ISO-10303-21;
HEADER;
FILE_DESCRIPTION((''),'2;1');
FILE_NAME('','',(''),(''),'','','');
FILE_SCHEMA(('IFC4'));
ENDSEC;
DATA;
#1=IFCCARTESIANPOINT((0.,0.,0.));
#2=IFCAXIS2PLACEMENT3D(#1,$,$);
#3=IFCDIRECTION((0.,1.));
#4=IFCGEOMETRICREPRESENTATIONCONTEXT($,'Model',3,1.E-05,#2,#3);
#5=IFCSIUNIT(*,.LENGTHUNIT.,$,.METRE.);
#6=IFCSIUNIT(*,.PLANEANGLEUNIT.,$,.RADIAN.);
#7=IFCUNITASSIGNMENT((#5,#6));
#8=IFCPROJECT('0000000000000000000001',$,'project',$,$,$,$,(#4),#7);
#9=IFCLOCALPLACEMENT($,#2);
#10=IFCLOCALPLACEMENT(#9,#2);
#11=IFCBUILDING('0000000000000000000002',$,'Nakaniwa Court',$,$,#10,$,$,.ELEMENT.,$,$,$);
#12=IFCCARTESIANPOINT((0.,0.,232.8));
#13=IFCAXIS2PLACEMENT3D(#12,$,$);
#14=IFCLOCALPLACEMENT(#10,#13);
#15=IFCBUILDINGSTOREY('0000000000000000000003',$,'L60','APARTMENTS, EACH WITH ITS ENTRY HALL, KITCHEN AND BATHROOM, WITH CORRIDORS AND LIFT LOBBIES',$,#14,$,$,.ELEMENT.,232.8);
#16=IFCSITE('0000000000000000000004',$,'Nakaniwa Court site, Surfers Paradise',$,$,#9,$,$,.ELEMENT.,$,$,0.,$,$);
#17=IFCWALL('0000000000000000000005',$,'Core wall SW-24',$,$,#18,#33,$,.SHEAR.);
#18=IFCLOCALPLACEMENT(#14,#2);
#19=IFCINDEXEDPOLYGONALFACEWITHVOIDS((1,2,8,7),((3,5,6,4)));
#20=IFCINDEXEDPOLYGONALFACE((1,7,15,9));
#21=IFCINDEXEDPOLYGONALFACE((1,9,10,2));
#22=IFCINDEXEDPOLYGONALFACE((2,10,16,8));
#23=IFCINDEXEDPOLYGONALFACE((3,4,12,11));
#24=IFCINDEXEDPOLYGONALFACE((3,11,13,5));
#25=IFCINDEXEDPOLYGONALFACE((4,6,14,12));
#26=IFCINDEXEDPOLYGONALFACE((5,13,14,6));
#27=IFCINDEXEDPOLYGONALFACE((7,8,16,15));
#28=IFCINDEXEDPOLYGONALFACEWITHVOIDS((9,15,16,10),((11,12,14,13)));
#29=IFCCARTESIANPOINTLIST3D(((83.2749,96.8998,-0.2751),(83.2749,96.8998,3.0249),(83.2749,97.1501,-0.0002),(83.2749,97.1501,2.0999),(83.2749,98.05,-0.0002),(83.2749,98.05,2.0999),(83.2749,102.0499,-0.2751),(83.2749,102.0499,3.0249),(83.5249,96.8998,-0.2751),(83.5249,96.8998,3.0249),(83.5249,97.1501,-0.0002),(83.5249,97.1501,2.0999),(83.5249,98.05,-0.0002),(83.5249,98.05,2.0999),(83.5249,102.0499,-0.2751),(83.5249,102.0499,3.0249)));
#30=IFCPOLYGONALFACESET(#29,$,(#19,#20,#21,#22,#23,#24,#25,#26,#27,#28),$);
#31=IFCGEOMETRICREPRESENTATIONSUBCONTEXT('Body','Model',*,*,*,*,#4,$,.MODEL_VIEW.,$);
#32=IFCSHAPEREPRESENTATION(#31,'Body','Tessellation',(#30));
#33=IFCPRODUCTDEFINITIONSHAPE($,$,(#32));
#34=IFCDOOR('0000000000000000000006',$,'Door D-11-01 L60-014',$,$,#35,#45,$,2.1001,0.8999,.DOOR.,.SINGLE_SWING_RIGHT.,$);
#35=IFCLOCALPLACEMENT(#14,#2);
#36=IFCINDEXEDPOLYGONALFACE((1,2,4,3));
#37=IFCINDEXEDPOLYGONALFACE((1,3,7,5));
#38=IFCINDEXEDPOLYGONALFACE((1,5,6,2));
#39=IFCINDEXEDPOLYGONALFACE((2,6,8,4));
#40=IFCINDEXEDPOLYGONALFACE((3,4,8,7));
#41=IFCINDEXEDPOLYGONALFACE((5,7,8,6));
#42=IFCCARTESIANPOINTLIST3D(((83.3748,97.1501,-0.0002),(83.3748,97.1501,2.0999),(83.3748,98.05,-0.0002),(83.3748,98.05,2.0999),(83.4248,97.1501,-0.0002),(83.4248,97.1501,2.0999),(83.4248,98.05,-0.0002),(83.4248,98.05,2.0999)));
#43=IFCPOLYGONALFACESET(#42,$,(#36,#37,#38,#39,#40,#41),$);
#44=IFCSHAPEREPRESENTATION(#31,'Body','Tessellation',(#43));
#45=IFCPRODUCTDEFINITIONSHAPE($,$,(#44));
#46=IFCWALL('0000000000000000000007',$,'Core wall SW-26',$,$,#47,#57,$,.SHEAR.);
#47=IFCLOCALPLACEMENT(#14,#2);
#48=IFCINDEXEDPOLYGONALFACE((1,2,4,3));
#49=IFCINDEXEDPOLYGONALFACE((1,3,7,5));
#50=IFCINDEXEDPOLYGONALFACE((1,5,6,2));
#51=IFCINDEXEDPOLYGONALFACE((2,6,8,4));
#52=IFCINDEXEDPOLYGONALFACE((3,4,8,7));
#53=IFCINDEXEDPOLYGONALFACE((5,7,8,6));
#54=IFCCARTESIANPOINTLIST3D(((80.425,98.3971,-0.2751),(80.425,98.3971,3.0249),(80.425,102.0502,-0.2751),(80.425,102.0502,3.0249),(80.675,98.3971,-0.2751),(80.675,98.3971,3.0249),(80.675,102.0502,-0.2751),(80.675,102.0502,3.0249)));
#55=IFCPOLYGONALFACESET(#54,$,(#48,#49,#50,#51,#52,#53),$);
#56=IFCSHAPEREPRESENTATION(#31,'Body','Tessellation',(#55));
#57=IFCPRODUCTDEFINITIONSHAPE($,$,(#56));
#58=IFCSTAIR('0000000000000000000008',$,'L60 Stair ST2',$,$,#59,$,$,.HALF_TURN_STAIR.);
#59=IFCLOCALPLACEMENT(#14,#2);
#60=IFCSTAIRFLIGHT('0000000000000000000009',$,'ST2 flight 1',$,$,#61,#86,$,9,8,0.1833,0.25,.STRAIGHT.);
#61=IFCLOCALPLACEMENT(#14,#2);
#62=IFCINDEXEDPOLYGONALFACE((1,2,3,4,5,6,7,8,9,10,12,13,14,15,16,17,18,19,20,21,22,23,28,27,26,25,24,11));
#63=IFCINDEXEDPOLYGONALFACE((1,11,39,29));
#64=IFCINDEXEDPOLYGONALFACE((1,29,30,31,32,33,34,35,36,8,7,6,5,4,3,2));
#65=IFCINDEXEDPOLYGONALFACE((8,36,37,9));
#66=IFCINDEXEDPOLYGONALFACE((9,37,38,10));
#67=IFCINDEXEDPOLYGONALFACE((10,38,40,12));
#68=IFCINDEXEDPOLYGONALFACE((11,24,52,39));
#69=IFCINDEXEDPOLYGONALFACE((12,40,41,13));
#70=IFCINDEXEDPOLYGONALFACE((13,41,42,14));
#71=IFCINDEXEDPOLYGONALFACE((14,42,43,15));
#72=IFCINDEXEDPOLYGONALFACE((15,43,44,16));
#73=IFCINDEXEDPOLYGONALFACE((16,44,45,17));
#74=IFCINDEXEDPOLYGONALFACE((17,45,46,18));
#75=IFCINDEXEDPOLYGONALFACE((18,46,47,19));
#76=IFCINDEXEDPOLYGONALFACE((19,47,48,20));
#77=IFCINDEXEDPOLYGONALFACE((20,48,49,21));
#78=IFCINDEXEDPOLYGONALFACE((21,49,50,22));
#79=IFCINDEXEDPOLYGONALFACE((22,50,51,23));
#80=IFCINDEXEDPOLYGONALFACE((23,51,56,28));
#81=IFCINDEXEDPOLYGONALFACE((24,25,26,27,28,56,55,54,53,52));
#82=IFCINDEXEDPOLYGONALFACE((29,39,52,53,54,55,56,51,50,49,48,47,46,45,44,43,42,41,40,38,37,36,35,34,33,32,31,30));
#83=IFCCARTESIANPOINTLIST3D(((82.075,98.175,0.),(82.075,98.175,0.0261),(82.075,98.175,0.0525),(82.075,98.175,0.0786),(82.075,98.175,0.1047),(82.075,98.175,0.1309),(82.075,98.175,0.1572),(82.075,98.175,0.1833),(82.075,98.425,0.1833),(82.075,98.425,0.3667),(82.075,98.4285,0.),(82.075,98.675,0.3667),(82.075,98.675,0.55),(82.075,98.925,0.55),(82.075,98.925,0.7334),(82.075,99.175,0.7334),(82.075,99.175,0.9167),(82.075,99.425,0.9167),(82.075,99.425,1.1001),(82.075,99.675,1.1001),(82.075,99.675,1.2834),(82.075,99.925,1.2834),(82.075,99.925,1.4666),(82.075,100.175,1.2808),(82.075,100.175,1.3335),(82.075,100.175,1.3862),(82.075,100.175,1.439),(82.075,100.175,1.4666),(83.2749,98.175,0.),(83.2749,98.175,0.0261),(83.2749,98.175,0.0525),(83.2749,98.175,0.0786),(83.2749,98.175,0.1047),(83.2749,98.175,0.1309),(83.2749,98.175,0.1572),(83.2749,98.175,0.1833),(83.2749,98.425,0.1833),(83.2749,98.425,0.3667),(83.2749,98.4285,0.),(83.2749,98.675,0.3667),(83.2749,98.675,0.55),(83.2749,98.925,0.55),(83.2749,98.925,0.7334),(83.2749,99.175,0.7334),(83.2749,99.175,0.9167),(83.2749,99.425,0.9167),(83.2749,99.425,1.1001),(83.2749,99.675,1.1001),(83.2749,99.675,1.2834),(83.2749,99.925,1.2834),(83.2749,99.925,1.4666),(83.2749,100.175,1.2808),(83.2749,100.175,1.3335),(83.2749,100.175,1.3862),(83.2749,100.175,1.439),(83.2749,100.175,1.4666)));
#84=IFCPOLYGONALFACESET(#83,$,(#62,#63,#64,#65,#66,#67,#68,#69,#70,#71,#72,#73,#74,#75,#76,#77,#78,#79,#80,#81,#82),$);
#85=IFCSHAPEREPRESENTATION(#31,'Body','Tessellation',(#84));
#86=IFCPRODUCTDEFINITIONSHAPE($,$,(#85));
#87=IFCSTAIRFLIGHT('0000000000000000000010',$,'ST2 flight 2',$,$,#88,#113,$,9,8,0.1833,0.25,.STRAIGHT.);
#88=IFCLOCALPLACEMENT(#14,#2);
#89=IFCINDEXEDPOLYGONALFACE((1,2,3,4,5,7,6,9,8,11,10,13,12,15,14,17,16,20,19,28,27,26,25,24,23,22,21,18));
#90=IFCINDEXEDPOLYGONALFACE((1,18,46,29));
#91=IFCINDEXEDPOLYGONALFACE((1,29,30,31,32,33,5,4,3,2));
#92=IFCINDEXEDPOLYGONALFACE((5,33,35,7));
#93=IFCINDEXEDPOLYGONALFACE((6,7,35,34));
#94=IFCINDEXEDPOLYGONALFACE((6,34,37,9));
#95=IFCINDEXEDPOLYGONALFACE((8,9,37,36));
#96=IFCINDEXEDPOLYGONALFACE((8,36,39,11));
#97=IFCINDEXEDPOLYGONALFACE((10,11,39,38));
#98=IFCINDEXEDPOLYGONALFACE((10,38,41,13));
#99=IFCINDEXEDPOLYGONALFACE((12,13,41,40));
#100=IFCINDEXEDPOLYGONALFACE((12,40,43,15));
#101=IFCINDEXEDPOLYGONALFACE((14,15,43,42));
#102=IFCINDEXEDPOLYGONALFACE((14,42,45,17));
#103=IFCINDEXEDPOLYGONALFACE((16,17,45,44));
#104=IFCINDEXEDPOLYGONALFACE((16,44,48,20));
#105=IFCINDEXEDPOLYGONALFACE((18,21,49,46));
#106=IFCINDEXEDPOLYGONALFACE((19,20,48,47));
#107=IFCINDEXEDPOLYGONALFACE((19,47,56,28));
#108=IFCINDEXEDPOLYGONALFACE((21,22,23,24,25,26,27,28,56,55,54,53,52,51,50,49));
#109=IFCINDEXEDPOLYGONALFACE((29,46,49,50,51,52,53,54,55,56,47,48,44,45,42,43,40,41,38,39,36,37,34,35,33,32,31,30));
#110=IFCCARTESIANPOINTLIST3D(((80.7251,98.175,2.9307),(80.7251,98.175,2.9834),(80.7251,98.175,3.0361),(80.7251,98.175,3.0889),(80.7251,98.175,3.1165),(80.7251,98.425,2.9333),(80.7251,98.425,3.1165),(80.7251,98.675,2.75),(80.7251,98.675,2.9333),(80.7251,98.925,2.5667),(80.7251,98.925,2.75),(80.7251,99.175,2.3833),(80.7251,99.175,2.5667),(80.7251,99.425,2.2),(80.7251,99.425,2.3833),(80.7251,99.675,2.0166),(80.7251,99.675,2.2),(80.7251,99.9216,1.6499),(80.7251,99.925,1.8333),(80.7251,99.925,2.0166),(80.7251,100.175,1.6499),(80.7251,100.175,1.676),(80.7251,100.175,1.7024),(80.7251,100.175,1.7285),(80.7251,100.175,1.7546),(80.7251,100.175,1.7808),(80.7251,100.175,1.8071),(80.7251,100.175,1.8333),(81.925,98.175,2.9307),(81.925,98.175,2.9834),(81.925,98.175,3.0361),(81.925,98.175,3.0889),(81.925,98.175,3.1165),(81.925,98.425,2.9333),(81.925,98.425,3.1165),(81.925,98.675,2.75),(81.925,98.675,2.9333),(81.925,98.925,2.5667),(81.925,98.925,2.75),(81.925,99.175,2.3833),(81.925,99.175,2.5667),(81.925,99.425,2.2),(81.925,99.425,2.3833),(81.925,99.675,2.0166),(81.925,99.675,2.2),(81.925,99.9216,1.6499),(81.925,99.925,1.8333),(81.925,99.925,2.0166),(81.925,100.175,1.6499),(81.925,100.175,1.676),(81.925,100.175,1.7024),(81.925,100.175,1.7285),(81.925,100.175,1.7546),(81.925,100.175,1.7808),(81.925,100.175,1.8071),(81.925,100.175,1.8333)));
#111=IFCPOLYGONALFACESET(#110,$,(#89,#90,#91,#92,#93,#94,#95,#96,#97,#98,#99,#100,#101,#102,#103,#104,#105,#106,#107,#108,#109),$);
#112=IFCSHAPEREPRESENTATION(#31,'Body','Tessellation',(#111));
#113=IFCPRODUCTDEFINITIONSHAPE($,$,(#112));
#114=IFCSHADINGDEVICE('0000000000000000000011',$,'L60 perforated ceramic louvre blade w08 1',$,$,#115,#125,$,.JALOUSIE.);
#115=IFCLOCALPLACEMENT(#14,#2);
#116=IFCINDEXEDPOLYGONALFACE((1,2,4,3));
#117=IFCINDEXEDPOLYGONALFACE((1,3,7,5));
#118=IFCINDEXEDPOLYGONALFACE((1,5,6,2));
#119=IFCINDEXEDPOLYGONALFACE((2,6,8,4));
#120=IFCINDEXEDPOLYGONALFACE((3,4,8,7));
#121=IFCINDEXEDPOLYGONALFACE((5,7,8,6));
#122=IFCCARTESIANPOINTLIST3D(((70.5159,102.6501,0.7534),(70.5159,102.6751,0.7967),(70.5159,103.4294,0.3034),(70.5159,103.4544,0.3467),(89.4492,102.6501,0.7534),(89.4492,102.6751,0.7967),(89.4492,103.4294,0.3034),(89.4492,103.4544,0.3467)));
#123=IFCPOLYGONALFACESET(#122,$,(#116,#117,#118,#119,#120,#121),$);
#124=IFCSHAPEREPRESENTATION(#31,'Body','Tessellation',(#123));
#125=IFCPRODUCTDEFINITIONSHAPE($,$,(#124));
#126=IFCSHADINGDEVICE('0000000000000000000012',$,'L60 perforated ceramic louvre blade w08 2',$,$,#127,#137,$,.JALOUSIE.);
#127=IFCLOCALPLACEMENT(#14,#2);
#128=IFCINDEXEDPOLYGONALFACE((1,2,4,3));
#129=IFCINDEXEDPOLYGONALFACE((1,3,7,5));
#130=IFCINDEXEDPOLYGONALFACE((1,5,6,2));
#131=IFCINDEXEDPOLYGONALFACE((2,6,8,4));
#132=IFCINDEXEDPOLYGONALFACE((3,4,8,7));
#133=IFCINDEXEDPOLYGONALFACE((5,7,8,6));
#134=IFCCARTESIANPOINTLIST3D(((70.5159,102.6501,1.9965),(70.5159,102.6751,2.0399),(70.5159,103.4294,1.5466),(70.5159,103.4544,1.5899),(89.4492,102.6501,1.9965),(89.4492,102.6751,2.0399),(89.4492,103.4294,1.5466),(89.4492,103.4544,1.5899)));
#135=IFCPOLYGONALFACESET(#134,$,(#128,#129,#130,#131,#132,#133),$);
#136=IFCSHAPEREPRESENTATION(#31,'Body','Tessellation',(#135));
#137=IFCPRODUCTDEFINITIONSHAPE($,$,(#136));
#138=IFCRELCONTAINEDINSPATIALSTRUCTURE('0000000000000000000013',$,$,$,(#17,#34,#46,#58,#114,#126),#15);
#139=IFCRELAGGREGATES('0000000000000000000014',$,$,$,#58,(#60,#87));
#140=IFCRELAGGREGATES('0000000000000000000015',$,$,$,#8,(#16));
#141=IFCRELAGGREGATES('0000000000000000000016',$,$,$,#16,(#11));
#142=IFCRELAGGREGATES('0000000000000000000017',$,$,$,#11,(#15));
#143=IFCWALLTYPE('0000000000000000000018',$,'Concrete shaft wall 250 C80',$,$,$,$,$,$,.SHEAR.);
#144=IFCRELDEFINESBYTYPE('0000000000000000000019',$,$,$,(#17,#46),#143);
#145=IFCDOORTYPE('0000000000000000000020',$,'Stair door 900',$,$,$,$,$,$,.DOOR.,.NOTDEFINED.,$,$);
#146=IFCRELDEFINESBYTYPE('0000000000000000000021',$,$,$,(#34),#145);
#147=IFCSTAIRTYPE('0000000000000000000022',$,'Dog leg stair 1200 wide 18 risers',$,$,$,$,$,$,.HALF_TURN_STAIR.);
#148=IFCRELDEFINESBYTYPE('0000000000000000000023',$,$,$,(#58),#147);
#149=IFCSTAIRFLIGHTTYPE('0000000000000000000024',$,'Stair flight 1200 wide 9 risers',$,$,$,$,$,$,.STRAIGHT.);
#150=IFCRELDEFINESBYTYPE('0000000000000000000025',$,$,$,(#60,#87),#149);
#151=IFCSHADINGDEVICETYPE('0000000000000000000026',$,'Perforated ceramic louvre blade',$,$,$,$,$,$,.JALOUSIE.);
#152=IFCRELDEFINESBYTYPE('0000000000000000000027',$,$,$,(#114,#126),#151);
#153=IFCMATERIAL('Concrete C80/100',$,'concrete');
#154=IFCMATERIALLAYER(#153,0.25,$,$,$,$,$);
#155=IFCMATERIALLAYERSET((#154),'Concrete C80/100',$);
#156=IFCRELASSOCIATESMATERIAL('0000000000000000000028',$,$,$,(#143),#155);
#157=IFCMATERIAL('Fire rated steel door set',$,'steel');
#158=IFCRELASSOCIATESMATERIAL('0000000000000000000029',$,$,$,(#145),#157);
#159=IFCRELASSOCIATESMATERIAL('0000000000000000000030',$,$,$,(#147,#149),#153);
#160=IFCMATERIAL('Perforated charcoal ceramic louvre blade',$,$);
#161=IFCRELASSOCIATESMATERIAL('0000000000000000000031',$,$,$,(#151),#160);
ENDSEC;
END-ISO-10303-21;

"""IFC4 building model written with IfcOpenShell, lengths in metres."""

from ifc_helpers import new_model, si_unit, direction, frame, frame_2d, origin, origin_2d, place, context, subcontext, project, spatial, polyline, rectangle, outline, extrude, material, layer, layer_set, material_profile, profile_set, type_object, element, fill, aggregate, save


model = new_model("IFC4")

# Units and contexts
model_context = context("Model", 3, precision=1e-05, world=origin(), true_north=direction((0.0, 1.0)))
body_context = subcontext(model_context, "Body", "Model", "MODEL_VIEW")
ifc_project = project(units=[si_unit("LENGTHUNIT", "METRE"), si_unit("PLANEANGLEUNIT", "RADIAN")], contexts=[model_context])

# Site, building, storey
site_placement = place(None, origin())
site = spatial("IfcSite", under=ifc_project, at=site_placement, Name="Nakaniwa Court site, Surfers Paradise", CompositionType="ELEMENT", RefElevation=0.0)
building_placement = place(site_placement, origin())
building = spatial("IfcBuilding", under=site, at=building_placement, Name="Nakaniwa Court", CompositionType="ELEMENT")
storey_placement = place(building_placement, frame((0.0, 0.0, 232.8)))
storey = spatial("IfcBuildingStorey", under=building, at=storey_placement, Name="L60", Description="APARTMENTS, EACH WITH ITS ENTRY HALL, KITCHEN AND BATHROOM, WITH CORRIDORS AND LIFT LOBBIES", CompositionType="ELEMENT", Elevation=232.8)

# Shared definitions
ifc_material_1 = material(Name="Fire rated steel door set", Category="steel")

# Shared definitions
ifc_material_2 = material(Name="Concrete C80/100", Category="concrete")

# Shared definitions
ifc_layer_1 = layer(ifc_material_2, 0.25)
ifc_layer_set_1 = layer_set([ifc_layer_1], Name="Concrete C80/100")
wall_type_1 = type_object("IfcWallType", Name="Concrete shaft wall 250 C80", PredefinedType="SHEAR", material=ifc_layer_set_1)

# Wall, opening, door
wall_1_placement = place(storey_placement, frame((83.3999, 102.05, -0.2751), z_axis=(0.0, 0.0, 1.0), x_axis=(0.0, -1.0, 0.0)))
wall_1 = element("IfcWall", 1, at=wall_1_placement, inside=storey, type_object=wall_type_1, Name="Core wall SW-24", PredefinedType="SHEAR", context=body_context, shape_type="SweptSolid", body=[
    extrude(rectangle(XDim=5.1501, YDim=0.25, at=frame_2d((2.5752, 0.0))), origin(), (0.0, 0.0, 1.0), 3.3),
])
opening_1_placement = place(wall_1_placement, frame((4.0, 0.0, 0.2749)))
opening_1 = element("IfcOpeningElement", 2, at=opening_1_placement, cuts=wall_1, PredefinedType="OPENING", context=body_context, shape_type="SweptSolid", body=[
    extrude(rectangle(XDim=0.8999, YDim=2.1001, at=frame_2d((0.45, 1.05))), frame((0.0, 0.135, 0.0), z_axis=(0.0, -1.0, 0.0), x_axis=(1.0, 0.0, 0.0)), (0.0, 0.0, 1.0), 0.27),
])
door_type_1 = type_object("IfcDoorType", Name="Stair door 900", OperationType="NOTDEFINED", PredefinedType="DOOR", material=ifc_material_1)
door_1_placement = place(opening_1_placement, origin())
door_1 = element("IfcDoor", 3, at=door_1_placement, inside=storey, type_object=door_type_1, Name="Door D-11-01 L60-014", OperationType="SINGLE_SWING_RIGHT", OverallHeight=2.1001, OverallWidth=0.8999, PredefinedType="DOOR", context=body_context, shape_type="SweptSolid", body=[
    extrude(rectangle(XDim=0.8999, YDim=2.1001, at=frame_2d((0.45, 1.05))), frame((0.0, 0.0249, 0.0), z_axis=(0.0, -1.0, 0.0), x_axis=(1.0, 0.0, 0.0)), (0.0, 0.0, 1.0), 0.05),
])
fill(opening_1, door_1)

# Wall
wall_2_placement = place(storey_placement, frame((80.55, 98.397, -0.2751), z_axis=(0.0, 0.0, 1.0), x_axis=(0.0, 1.0, 0.0)))
element("IfcWall", 4, at=wall_2_placement, inside=storey, type_object=wall_type_1, Name="Core wall SW-26", PredefinedType="SHEAR", context=body_context, shape_type="SweptSolid", body=[
    extrude(rectangle(XDim=3.6531, YDim=0.25, at=frame_2d((1.8267, 0.0))), origin(), (0.0, 0.0, 1.0), 3.3),
])

# Stair, stair flights
stair_type = type_object("IfcStairType", Name="Dog leg stair 1200 wide 18 risers", PredefinedType="HALF_TURN_STAIR", material=ifc_material_2)
stair_placement = place(storey_placement, origin())
stair = element("IfcStair", 5, at=stair_placement, inside=storey, type_object=stair_type, Name="L60 Stair ST2", PredefinedType="HALF_TURN_STAIR")
stair_flight_type = type_object("IfcStairFlightType", Name="Stair flight 1200 wide 9 risers", PredefinedType="STRAIGHT", material=ifc_material_2)
stair_flight_1_placement = place(storey_placement, frame((82.675, 98.175, 0.0), z_axis=(0.0, 0.0, 1.0), x_axis=(0.0, 1.0, 0.0)))
stair_flight_1 = element("IfcStairFlight", 6, at=stair_flight_1_placement, type_object=stair_flight_type, Name="ST2 flight 1", NumberOfRisers=9, NumberOfTreads=8, PredefinedType="STRAIGHT", RiserHeight=0.1833, TreadLength=0.25, context=body_context, shape_type="SweptSolid", body=[
    extrude(outline(polyline([(0.0, 0.0), (0.0, 0.0261), (0.0, 0.0525), (0.0, 0.0786), (0.0, 0.1047), (0.0, 0.1309), (0.0, 0.1572), (0.0, 0.1833), (0.25, 0.1833), (0.25, 0.3667), (0.5, 0.3667), (0.5, 0.55), (0.75, 0.55), (0.75, 0.7334), (1.0, 0.7334), (1.0, 0.9167), (1.25, 0.9167), (1.25, 1.1001), (1.5, 1.1001), (1.5, 1.2834), (1.75, 1.2834), (1.75, 1.4666), (2.0, 1.4666), (2.0, 1.6499), (2.0, 1.5972), (2.0, 1.5444), (2.0, 1.4917), (2.0, 1.439), (2.0, 1.3862), (2.0, 1.3335), (2.0, 1.2808), (0.2534, 0.0), (0.0, 0.0)])), frame((0.0, 0.6001, 0.0), z_axis=(0.0, -1.0, 0.0), x_axis=(1.0, 0.0, 0.0)), (0.0, 0.0, 1.0), 1.2),
])
stair_flight_2_placement = place(storey_placement, frame((81.325, 100.175, 1.6499), z_axis=(0.0, 0.0, 1.0), x_axis=(0.0, -1.0, 0.0)))
stair_flight_2 = element("IfcStairFlight", 7, at=stair_flight_2_placement, type_object=stair_flight_type, Name="ST2 flight 2", NumberOfRisers=9, NumberOfTreads=8, PredefinedType="STRAIGHT", RiserHeight=0.1833, TreadLength=0.25, context=body_context, shape_type="SweptSolid", body=[
    extrude(outline(polyline([(0.0, 0.0), (0.0, 0.0261), (0.0, 0.0525), (0.0, 0.0786), (0.0, 0.1047), (0.0, 0.1309), (0.0, 0.1572), (0.0, 0.1833), (0.25, 0.1833), (0.25, 0.3667), (0.5, 0.3667), (0.5, 0.55), (0.75, 0.55), (0.75, 0.7334), (1.0, 0.7334), (1.0, 0.9167), (1.25, 0.9167), (1.25, 1.1001), (1.5, 1.1001), (1.5, 1.2834), (1.75, 1.2834), (1.75, 1.4666), (2.0, 1.4666), (2.0, 1.6499), (2.0, 1.5972), (2.0, 1.5444), (2.0, 1.4917), (2.0, 1.439), (2.0, 1.3862), (2.0, 1.3335), (2.0, 1.2808), (0.2534, 0.0), (0.0, 0.0)])), frame((0.0, 0.6001, 0.0), z_axis=(0.0, -1.0, 0.0), x_axis=(1.0, 0.0, 0.0)), (0.0, 0.0, 1.0), 1.2),
])
aggregate(stair, [stair_flight_1, stair_flight_2])

# Shading devices
ifc_material_3 = material(Name="Perforated charcoal ceramic louvre blade")
ifc_material_profile = material_profile(ifc_material_3, rectangle(XDim=0.8999, YDim=0.05, at=origin_2d()), Name="Perforated ceramic louvre blade")
ifc_profile_set = profile_set([ifc_material_profile], Name="Perforated charcoal ceramic louvre blade")
shading_device_type = type_object("IfcShadingDeviceType", Name="Perforated ceramic louvre blade", PredefinedType="JALOUSIE", material=ifc_profile_set)
for number, where, z_axis, x_axis, name in (
    (8, (89.4492, 103.0522, 0.55), (-1.0, 0.0, 0.0), (0.0, -0.866025, 0.5), "L60 perforated ceramic louvre blade w08 1"),
    (9, (89.4492, 103.0522, 1.7932), (-1.0, 0.0, 0.0), (0.0, -0.866025, 0.5), "L60 perforated ceramic louvre blade w08 2"),
):
    element("IfcShadingDevice", number, at=place(storey_placement, frame(where, z_axis=z_axis, x_axis=x_axis)), inside=storey, type_object=shading_device_type, Name=name, PredefinedType="JALOUSIE", context=body_context, shape_type="SweptSolid", body=[
        extrude(rectangle(XDim=0.8999, YDim=0.05, at=origin_2d()), origin(), (0.0, 0.0, 1.0), 18.9333),
    ])

save(model, "model.ifc")
